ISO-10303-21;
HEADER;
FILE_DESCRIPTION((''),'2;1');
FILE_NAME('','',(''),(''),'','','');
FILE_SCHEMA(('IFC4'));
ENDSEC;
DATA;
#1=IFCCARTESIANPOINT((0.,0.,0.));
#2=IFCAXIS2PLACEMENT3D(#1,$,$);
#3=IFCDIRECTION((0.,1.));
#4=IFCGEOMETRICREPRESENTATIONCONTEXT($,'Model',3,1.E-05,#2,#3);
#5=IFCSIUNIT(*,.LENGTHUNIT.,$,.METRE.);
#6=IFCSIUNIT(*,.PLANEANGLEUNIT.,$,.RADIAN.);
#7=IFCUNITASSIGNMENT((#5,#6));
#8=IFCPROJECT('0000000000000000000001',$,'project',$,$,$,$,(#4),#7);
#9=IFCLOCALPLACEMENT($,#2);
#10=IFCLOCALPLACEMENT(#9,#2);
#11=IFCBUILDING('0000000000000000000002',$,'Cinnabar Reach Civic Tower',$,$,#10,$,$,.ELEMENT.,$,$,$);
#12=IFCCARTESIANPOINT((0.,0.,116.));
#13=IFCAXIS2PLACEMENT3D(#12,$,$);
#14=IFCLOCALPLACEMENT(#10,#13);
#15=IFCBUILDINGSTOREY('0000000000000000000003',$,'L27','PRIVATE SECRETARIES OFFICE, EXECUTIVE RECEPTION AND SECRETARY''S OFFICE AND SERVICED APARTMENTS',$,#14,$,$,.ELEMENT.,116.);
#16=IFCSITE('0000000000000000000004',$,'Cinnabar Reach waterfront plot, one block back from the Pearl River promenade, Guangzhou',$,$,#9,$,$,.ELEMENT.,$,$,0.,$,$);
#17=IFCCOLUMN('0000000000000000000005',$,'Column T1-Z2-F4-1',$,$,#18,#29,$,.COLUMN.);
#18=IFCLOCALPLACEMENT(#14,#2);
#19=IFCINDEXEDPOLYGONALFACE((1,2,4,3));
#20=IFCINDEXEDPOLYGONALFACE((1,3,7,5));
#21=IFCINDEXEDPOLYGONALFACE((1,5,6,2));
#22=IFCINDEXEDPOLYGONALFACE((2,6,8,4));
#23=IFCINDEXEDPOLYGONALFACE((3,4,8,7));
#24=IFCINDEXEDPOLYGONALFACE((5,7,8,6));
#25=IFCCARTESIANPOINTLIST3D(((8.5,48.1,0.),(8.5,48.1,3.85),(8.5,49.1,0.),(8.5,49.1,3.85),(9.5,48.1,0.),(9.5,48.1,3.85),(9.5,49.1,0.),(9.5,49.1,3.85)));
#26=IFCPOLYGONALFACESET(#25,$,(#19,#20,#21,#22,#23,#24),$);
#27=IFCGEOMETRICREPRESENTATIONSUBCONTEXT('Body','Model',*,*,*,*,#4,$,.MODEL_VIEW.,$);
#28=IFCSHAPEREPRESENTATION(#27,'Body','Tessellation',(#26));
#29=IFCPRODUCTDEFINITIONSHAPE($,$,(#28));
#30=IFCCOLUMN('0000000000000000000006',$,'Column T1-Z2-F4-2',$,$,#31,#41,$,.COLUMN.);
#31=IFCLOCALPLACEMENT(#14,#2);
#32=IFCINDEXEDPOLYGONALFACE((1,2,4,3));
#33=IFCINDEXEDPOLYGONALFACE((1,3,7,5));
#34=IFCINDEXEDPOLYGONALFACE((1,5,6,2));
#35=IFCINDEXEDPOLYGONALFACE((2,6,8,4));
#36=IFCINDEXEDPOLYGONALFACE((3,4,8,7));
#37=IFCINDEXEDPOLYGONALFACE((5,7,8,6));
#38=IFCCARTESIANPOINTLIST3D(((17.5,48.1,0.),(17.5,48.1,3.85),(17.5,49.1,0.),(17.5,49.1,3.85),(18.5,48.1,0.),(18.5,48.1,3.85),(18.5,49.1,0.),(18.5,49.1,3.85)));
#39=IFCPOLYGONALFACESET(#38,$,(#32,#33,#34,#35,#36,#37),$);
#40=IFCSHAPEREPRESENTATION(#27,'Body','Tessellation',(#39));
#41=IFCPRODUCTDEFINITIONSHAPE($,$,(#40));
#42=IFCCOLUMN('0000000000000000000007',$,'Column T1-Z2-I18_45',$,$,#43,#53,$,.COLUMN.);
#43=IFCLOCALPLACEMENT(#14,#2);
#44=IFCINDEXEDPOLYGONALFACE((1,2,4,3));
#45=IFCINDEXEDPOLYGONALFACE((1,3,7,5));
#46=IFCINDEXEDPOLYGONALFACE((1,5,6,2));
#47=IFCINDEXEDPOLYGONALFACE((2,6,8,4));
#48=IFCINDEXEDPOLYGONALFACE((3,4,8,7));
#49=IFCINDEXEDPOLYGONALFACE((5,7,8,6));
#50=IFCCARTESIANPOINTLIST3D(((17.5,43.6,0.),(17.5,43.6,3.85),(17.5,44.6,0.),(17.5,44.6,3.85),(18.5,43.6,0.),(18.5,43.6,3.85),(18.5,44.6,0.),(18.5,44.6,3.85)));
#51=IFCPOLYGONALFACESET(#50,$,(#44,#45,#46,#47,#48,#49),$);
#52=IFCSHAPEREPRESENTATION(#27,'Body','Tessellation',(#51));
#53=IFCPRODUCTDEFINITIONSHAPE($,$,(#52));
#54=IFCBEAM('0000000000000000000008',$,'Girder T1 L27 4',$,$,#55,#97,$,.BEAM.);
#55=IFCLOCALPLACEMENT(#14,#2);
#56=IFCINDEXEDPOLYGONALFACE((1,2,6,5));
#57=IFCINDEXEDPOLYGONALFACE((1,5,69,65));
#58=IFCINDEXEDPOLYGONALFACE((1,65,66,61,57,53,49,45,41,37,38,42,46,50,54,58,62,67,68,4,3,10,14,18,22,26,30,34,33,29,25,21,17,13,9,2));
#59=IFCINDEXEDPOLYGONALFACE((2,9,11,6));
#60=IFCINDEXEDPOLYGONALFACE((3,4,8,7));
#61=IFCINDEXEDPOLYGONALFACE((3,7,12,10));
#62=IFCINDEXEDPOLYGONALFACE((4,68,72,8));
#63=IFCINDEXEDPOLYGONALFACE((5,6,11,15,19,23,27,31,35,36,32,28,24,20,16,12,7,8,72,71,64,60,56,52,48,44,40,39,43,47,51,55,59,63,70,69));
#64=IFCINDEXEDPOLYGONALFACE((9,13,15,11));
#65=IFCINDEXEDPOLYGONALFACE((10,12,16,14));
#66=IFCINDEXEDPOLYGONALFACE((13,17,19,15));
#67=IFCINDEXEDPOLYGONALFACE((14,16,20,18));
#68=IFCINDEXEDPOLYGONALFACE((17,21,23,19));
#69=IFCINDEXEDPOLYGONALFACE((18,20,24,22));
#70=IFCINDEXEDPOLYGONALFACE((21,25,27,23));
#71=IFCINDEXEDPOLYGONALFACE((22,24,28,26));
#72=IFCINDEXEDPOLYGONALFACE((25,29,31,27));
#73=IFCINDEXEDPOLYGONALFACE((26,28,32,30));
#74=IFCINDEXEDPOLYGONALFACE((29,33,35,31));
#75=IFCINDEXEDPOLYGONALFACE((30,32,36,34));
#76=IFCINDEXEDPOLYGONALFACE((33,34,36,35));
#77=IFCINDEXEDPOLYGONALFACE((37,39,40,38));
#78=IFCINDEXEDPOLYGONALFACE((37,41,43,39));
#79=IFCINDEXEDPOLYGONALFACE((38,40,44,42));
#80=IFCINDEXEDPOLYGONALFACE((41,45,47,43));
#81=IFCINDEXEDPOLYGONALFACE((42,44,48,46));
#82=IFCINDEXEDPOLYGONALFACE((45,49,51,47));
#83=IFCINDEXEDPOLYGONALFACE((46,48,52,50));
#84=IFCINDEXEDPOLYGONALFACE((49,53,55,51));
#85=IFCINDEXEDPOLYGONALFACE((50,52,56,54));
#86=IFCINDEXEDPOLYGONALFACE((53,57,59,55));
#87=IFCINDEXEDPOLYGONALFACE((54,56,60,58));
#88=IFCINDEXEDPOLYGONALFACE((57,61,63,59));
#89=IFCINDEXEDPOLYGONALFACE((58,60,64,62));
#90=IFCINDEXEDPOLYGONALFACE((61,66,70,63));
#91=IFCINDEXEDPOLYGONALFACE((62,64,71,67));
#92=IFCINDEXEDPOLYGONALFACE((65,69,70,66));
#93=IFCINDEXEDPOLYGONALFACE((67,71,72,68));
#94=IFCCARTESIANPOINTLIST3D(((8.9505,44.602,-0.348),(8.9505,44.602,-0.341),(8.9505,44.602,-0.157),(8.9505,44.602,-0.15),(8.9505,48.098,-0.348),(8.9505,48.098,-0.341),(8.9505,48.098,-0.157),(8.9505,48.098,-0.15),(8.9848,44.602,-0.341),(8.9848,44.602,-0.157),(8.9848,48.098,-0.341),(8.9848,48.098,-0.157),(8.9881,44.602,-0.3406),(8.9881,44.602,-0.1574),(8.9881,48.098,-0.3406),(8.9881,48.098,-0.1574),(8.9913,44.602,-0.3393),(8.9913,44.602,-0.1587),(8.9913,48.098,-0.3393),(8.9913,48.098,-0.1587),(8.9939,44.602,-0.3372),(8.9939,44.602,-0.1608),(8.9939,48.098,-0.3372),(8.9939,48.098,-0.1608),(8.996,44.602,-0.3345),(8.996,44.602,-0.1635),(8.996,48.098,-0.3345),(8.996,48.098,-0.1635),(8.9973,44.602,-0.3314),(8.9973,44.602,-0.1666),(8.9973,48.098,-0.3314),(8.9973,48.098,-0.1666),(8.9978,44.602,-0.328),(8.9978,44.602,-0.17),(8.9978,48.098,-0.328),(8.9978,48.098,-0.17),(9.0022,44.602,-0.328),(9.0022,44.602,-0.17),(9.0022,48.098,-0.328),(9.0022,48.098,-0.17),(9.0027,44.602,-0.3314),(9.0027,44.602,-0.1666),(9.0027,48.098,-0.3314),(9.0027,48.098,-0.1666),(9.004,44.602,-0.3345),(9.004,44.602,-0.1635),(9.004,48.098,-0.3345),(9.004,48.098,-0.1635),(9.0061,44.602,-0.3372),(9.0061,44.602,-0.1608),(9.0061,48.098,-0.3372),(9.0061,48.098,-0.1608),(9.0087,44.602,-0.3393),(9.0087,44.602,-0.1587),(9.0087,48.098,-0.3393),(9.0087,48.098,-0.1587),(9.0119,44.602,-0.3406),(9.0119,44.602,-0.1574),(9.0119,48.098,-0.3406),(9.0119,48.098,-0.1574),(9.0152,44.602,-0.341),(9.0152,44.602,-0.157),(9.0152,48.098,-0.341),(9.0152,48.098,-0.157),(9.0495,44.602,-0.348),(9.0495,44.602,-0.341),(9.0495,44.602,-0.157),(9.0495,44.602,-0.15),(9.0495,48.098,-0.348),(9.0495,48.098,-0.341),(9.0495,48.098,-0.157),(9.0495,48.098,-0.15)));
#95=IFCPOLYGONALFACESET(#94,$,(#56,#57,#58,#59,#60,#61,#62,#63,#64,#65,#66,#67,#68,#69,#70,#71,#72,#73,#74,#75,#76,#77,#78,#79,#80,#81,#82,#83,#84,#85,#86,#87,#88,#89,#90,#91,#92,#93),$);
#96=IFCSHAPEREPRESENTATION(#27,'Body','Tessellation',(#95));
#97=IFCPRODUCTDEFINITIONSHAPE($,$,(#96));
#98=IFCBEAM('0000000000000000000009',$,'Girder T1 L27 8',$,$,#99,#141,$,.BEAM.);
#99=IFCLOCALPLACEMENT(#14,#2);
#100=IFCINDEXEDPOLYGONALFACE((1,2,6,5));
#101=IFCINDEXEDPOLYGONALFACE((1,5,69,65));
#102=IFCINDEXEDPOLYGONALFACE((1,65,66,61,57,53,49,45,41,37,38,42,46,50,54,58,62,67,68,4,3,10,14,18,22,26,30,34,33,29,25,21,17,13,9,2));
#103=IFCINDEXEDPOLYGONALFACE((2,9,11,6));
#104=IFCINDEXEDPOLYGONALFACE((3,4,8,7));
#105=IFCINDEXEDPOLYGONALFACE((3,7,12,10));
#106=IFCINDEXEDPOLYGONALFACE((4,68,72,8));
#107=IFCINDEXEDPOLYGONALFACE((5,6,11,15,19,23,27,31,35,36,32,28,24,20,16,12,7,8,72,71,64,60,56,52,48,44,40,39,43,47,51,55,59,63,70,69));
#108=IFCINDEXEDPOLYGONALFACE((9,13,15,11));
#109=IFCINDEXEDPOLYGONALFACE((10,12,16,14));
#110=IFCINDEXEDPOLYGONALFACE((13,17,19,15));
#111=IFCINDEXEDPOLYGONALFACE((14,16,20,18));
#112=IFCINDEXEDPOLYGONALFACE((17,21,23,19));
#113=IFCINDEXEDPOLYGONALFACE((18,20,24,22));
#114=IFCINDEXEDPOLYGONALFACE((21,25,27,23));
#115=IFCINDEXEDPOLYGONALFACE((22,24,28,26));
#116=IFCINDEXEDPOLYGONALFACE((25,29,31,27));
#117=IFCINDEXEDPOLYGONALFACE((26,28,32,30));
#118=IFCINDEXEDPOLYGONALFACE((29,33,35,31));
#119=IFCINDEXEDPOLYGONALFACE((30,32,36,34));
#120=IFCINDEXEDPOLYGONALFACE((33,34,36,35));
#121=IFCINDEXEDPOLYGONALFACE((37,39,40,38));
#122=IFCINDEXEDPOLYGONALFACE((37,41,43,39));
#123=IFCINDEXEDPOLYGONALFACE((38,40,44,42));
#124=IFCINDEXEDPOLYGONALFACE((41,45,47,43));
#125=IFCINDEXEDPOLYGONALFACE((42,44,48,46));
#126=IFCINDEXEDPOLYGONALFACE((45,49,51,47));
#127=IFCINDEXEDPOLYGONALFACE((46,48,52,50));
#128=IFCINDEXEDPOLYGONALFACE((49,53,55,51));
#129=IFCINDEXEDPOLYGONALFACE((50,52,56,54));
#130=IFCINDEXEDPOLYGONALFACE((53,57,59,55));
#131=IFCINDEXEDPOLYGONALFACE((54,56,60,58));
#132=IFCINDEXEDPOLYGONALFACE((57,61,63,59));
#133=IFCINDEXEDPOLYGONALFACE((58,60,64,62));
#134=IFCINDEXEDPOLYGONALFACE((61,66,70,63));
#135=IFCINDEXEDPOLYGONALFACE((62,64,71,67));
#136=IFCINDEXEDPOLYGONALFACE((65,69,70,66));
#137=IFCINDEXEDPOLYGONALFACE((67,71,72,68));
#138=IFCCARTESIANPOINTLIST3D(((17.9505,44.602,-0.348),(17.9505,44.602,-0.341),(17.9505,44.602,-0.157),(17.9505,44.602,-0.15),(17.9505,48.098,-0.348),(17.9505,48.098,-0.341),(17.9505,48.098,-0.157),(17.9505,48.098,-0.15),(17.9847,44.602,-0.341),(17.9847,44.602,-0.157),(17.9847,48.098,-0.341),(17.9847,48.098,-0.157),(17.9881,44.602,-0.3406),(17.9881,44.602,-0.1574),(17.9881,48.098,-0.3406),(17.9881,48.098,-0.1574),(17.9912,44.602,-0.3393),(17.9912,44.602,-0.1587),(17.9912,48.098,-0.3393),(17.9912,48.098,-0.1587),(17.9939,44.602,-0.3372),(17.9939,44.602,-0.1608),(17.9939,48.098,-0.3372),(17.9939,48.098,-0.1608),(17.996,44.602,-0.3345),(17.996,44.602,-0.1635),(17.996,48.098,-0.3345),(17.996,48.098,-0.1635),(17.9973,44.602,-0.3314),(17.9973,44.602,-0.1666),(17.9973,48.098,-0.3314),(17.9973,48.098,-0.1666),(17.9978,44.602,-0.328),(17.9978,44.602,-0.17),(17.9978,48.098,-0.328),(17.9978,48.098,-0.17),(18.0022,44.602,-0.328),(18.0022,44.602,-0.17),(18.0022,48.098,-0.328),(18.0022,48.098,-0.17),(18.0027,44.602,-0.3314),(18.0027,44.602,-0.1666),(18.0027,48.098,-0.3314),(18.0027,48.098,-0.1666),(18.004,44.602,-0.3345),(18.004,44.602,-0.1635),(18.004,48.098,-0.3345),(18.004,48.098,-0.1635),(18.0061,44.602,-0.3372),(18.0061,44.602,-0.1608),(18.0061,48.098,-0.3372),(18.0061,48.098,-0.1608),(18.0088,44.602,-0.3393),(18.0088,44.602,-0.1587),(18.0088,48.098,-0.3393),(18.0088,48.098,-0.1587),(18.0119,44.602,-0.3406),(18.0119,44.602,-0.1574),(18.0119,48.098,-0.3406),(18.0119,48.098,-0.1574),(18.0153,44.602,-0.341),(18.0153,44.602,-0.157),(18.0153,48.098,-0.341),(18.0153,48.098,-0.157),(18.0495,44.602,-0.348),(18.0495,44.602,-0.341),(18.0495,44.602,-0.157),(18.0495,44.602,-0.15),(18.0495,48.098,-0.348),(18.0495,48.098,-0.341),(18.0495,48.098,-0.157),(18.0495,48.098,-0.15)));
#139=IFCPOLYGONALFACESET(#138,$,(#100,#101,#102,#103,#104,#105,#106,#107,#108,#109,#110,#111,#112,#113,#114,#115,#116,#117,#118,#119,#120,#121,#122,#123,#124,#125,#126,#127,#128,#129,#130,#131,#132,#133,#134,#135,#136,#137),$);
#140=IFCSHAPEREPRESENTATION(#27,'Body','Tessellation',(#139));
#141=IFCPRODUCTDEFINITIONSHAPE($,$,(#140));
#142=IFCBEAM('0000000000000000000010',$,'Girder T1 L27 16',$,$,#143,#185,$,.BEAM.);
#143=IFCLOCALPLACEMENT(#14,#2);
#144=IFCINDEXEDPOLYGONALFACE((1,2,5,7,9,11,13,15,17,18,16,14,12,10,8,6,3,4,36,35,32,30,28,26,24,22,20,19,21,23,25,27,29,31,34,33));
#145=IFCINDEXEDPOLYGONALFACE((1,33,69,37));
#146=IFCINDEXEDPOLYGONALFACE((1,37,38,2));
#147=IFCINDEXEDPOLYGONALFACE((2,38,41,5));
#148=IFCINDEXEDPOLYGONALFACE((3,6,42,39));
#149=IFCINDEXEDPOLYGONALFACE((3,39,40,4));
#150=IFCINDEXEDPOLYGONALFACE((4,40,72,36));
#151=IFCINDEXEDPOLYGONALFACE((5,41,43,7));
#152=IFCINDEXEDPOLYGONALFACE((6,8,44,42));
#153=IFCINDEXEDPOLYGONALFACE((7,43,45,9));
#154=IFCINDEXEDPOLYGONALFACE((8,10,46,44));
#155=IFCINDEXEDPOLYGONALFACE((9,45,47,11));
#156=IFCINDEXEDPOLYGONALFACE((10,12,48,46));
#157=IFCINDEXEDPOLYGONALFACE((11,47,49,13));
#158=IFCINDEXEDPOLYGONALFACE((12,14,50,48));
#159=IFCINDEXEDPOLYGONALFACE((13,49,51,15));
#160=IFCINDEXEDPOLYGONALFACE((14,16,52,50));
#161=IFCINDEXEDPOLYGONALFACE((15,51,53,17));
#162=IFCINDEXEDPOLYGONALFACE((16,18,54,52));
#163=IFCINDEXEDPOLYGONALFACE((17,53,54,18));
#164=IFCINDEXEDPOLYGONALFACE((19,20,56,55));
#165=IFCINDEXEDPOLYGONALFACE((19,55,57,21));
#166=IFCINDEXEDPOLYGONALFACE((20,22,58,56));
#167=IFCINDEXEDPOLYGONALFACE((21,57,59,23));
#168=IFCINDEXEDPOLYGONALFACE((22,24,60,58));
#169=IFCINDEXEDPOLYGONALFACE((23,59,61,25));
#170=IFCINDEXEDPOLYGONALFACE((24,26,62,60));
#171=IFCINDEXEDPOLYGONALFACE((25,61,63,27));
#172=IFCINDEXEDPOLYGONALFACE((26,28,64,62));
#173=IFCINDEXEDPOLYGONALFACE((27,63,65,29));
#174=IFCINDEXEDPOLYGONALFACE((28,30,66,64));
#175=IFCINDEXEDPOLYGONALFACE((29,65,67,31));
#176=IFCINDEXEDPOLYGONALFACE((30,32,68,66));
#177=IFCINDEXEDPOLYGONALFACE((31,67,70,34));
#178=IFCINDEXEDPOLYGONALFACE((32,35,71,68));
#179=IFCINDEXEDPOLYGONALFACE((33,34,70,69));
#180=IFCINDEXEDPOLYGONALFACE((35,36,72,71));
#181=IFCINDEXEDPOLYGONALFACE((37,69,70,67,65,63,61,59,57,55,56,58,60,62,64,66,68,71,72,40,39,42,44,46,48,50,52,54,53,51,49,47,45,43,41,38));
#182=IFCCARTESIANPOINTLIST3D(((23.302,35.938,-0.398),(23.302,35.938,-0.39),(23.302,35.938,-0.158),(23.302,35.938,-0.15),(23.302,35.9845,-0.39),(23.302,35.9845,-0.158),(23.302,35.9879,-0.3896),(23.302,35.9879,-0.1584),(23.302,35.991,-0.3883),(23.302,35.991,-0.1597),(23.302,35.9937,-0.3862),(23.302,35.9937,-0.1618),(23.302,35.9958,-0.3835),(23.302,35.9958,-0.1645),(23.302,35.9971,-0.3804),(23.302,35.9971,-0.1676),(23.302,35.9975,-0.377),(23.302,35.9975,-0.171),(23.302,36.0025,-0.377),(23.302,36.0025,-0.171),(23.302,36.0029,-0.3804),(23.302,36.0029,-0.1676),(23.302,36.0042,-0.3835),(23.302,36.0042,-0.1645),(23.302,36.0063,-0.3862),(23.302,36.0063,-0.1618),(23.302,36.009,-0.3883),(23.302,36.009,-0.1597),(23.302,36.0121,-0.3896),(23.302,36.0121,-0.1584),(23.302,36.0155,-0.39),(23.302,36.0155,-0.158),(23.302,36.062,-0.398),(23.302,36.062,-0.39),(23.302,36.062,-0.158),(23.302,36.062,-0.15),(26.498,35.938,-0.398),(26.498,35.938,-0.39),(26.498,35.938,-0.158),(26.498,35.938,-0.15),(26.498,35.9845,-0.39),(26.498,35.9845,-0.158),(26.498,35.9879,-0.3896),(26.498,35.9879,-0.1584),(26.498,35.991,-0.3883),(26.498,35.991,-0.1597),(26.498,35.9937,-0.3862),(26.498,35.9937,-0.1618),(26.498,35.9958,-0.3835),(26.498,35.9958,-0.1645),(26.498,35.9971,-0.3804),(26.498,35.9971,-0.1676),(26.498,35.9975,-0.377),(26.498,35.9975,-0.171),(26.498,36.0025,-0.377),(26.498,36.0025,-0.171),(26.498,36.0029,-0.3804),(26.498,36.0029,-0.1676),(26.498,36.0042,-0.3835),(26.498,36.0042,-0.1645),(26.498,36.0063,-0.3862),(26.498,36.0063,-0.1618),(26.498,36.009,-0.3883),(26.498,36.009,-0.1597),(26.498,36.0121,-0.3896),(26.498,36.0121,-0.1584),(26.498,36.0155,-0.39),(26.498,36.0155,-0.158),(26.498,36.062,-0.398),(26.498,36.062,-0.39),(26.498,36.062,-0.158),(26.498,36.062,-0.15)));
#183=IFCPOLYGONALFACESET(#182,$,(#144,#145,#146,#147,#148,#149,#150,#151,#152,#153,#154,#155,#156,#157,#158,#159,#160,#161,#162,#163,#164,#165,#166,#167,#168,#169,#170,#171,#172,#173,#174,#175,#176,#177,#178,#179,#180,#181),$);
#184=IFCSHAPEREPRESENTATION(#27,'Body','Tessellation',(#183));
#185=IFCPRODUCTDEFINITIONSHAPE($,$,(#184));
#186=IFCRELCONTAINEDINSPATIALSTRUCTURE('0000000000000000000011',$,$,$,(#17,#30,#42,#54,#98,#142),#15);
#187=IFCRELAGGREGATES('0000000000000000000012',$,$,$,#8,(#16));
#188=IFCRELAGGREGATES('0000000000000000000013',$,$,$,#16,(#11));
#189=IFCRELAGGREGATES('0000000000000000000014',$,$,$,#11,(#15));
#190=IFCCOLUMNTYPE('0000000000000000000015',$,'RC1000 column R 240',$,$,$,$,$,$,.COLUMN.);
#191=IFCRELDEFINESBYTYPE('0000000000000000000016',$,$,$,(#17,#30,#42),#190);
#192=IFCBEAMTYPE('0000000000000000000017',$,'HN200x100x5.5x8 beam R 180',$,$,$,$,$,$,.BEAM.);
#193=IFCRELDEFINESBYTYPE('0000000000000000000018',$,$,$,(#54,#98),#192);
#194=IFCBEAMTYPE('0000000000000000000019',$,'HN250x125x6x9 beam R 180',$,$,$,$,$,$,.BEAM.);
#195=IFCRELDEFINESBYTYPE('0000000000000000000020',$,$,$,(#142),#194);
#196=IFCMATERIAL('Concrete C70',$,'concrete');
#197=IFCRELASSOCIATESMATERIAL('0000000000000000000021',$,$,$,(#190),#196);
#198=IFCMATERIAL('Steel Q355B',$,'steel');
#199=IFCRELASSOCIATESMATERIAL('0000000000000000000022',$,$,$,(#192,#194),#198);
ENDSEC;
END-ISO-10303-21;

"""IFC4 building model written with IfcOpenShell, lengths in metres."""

from ifc_helpers import new_model, si_unit, direction, frame, origin, origin_2d, place, context, subcontext, project, spatial, rectangle, i_section, extrude, material, material_profile, profile_set, type_object, element, save


model = new_model("IFC4")

# Units and contexts
model_context = context("Model", 3, precision=1e-05, world=origin(), true_north=direction((0.0, 1.0)))
body_context = subcontext(model_context, "Body", "Model", "MODEL_VIEW")
ifc_project = project(units=[si_unit("LENGTHUNIT", "METRE"), si_unit("PLANEANGLEUNIT", "RADIAN")], contexts=[model_context])

# Site, building, storey
site_placement = place(None, origin())
site = spatial("IfcSite", under=ifc_project, at=site_placement, Name="Cinnabar Reach waterfront plot, one block back from the Pearl River promenade, Guangzhou", CompositionType="ELEMENT", RefElevation=0.0)
building_placement = place(site_placement, origin())
building = spatial("IfcBuilding", under=site, at=building_placement, Name="Cinnabar Reach Civic Tower", CompositionType="ELEMENT")
storey_placement = place(building_placement, frame((0.0, 0.0, 116.0)))
storey = spatial("IfcBuildingStorey", under=building, at=storey_placement, Name="L27", Description="PRIVATE SECRETARIES OFFICE, EXECUTIVE RECEPTION AND SECRETARY'S OFFICE AND SERVICED APARTMENTS", CompositionType="ELEMENT", Elevation=116.0)

# Columns
ifc_material_1 = material(Name="Concrete C70", Category="concrete")
ifc_material_profile_1 = material_profile(ifc_material_1, rectangle(XDim=1.0, YDim=1.0, at=origin_2d()), Name="RC1000")
ifc_profile_set_1 = profile_set([ifc_material_profile_1], Name="Concrete C70")
column_type = type_object("IfcColumnType", Name="RC1000 column R 240", PredefinedType="COLUMN", material=ifc_profile_set_1)
for number, where, z_axis, x_axis, name in (
    (1, (9.0, 48.6, 0.0), (0.0, 0.0, 1.0), (1.0, 0.0, 0.0), "Column T1-Z2-F4-1"),
    (2, (18.0, 48.6, 0.0), (0.0, 0.0, 1.0), (1.0, 0.0, 0.0), "Column T1-Z2-F4-2"),
    (3, (18.0, 44.1, 0.0), (0.0, 0.0, 1.0), (1.0, 0.0, 0.0), "Column T1-Z2-I18_45"),
):
    element("IfcColumn", number, at=place(storey_placement, frame(where, z_axis=z_axis, x_axis=x_axis)), inside=storey, type_object=column_type, Name=name, PredefinedType="COLUMN", context=body_context, shape_type="SweptSolid", body=[
        extrude(rectangle(XDim=1.0, YDim=1.0, at=origin_2d()), origin(), (0.0, 0.0, 1.0), 3.85),
    ])

# Beams
ifc_material_2 = material(Name="Steel Q355B", Category="steel")
ifc_material_profile_2 = material_profile(ifc_material_2, i_section(OverallWidth=0.099, OverallDepth=0.198, WebThickness=0.0045, FlangeThickness=0.007, FilletRadius=0.013, at=origin_2d()), Name="HN200x100x5.5x8")
ifc_profile_set_2 = profile_set([ifc_material_profile_2], Name="Steel Q355B")
beam_type_1 = type_object("IfcBeamType", Name="HN200x100x5.5x8 beam R 180", PredefinedType="BEAM", material=ifc_profile_set_2)
for number, where, z_axis, x_axis, name in (
    (4, (9.0, 44.602, -0.249), (0.0, 1.0, 0.0), (-1.0, 0.0, 0.0), "Girder T1 L27 4"),
    (5, (18.0, 44.602, -0.249), (0.0, 1.0, 0.0), (-1.0, 0.0, 0.0), "Girder T1 L27 8"),
):
    element("IfcBeam", number, at=place(storey_placement, frame(where, z_axis=z_axis, x_axis=x_axis)), inside=storey, type_object=beam_type_1, Name=name, PredefinedType="BEAM", context=body_context, shape_type="SweptSolid", body=[
        extrude(i_section(OverallWidth=0.099, OverallDepth=0.198, WebThickness=0.0045, FlangeThickness=0.007, FilletRadius=0.013, at=origin_2d()), origin(), (0.0, 0.0, 1.0), 3.496),
    ])
ifc_material_profile_3 = material_profile(ifc_material_2, i_section(OverallWidth=0.124, OverallDepth=0.248, WebThickness=0.005, FlangeThickness=0.008, FilletRadius=0.013, at=origin_2d()), Name="HN250x125x6x9")
ifc_profile_set_3 = profile_set([ifc_material_profile_3], Name="Steel Q355B")
beam_type_2 = type_object("IfcBeamType", Name="HN250x125x6x9 beam R 180", PredefinedType="BEAM", material=ifc_profile_set_3)
beam_placement = place(storey_placement, frame((23.302, 36.0, -0.274), z_axis=(1.0, 0.0, 0.0), x_axis=(0.0, 1.0, 0.0)))
element("IfcBeam", 6, at=beam_placement, inside=storey, type_object=beam_type_2, Name="Girder T1 L27 16", PredefinedType="BEAM", context=body_context, shape_type="SweptSolid", body=[
    extrude(i_section(OverallWidth=0.124, OverallDepth=0.248, WebThickness=0.005, FlangeThickness=0.008, FilletRadius=0.013, at=origin_2d()), origin(), (0.0, 0.0, 1.0), 3.196),
])

save(model, "model.ifc")
